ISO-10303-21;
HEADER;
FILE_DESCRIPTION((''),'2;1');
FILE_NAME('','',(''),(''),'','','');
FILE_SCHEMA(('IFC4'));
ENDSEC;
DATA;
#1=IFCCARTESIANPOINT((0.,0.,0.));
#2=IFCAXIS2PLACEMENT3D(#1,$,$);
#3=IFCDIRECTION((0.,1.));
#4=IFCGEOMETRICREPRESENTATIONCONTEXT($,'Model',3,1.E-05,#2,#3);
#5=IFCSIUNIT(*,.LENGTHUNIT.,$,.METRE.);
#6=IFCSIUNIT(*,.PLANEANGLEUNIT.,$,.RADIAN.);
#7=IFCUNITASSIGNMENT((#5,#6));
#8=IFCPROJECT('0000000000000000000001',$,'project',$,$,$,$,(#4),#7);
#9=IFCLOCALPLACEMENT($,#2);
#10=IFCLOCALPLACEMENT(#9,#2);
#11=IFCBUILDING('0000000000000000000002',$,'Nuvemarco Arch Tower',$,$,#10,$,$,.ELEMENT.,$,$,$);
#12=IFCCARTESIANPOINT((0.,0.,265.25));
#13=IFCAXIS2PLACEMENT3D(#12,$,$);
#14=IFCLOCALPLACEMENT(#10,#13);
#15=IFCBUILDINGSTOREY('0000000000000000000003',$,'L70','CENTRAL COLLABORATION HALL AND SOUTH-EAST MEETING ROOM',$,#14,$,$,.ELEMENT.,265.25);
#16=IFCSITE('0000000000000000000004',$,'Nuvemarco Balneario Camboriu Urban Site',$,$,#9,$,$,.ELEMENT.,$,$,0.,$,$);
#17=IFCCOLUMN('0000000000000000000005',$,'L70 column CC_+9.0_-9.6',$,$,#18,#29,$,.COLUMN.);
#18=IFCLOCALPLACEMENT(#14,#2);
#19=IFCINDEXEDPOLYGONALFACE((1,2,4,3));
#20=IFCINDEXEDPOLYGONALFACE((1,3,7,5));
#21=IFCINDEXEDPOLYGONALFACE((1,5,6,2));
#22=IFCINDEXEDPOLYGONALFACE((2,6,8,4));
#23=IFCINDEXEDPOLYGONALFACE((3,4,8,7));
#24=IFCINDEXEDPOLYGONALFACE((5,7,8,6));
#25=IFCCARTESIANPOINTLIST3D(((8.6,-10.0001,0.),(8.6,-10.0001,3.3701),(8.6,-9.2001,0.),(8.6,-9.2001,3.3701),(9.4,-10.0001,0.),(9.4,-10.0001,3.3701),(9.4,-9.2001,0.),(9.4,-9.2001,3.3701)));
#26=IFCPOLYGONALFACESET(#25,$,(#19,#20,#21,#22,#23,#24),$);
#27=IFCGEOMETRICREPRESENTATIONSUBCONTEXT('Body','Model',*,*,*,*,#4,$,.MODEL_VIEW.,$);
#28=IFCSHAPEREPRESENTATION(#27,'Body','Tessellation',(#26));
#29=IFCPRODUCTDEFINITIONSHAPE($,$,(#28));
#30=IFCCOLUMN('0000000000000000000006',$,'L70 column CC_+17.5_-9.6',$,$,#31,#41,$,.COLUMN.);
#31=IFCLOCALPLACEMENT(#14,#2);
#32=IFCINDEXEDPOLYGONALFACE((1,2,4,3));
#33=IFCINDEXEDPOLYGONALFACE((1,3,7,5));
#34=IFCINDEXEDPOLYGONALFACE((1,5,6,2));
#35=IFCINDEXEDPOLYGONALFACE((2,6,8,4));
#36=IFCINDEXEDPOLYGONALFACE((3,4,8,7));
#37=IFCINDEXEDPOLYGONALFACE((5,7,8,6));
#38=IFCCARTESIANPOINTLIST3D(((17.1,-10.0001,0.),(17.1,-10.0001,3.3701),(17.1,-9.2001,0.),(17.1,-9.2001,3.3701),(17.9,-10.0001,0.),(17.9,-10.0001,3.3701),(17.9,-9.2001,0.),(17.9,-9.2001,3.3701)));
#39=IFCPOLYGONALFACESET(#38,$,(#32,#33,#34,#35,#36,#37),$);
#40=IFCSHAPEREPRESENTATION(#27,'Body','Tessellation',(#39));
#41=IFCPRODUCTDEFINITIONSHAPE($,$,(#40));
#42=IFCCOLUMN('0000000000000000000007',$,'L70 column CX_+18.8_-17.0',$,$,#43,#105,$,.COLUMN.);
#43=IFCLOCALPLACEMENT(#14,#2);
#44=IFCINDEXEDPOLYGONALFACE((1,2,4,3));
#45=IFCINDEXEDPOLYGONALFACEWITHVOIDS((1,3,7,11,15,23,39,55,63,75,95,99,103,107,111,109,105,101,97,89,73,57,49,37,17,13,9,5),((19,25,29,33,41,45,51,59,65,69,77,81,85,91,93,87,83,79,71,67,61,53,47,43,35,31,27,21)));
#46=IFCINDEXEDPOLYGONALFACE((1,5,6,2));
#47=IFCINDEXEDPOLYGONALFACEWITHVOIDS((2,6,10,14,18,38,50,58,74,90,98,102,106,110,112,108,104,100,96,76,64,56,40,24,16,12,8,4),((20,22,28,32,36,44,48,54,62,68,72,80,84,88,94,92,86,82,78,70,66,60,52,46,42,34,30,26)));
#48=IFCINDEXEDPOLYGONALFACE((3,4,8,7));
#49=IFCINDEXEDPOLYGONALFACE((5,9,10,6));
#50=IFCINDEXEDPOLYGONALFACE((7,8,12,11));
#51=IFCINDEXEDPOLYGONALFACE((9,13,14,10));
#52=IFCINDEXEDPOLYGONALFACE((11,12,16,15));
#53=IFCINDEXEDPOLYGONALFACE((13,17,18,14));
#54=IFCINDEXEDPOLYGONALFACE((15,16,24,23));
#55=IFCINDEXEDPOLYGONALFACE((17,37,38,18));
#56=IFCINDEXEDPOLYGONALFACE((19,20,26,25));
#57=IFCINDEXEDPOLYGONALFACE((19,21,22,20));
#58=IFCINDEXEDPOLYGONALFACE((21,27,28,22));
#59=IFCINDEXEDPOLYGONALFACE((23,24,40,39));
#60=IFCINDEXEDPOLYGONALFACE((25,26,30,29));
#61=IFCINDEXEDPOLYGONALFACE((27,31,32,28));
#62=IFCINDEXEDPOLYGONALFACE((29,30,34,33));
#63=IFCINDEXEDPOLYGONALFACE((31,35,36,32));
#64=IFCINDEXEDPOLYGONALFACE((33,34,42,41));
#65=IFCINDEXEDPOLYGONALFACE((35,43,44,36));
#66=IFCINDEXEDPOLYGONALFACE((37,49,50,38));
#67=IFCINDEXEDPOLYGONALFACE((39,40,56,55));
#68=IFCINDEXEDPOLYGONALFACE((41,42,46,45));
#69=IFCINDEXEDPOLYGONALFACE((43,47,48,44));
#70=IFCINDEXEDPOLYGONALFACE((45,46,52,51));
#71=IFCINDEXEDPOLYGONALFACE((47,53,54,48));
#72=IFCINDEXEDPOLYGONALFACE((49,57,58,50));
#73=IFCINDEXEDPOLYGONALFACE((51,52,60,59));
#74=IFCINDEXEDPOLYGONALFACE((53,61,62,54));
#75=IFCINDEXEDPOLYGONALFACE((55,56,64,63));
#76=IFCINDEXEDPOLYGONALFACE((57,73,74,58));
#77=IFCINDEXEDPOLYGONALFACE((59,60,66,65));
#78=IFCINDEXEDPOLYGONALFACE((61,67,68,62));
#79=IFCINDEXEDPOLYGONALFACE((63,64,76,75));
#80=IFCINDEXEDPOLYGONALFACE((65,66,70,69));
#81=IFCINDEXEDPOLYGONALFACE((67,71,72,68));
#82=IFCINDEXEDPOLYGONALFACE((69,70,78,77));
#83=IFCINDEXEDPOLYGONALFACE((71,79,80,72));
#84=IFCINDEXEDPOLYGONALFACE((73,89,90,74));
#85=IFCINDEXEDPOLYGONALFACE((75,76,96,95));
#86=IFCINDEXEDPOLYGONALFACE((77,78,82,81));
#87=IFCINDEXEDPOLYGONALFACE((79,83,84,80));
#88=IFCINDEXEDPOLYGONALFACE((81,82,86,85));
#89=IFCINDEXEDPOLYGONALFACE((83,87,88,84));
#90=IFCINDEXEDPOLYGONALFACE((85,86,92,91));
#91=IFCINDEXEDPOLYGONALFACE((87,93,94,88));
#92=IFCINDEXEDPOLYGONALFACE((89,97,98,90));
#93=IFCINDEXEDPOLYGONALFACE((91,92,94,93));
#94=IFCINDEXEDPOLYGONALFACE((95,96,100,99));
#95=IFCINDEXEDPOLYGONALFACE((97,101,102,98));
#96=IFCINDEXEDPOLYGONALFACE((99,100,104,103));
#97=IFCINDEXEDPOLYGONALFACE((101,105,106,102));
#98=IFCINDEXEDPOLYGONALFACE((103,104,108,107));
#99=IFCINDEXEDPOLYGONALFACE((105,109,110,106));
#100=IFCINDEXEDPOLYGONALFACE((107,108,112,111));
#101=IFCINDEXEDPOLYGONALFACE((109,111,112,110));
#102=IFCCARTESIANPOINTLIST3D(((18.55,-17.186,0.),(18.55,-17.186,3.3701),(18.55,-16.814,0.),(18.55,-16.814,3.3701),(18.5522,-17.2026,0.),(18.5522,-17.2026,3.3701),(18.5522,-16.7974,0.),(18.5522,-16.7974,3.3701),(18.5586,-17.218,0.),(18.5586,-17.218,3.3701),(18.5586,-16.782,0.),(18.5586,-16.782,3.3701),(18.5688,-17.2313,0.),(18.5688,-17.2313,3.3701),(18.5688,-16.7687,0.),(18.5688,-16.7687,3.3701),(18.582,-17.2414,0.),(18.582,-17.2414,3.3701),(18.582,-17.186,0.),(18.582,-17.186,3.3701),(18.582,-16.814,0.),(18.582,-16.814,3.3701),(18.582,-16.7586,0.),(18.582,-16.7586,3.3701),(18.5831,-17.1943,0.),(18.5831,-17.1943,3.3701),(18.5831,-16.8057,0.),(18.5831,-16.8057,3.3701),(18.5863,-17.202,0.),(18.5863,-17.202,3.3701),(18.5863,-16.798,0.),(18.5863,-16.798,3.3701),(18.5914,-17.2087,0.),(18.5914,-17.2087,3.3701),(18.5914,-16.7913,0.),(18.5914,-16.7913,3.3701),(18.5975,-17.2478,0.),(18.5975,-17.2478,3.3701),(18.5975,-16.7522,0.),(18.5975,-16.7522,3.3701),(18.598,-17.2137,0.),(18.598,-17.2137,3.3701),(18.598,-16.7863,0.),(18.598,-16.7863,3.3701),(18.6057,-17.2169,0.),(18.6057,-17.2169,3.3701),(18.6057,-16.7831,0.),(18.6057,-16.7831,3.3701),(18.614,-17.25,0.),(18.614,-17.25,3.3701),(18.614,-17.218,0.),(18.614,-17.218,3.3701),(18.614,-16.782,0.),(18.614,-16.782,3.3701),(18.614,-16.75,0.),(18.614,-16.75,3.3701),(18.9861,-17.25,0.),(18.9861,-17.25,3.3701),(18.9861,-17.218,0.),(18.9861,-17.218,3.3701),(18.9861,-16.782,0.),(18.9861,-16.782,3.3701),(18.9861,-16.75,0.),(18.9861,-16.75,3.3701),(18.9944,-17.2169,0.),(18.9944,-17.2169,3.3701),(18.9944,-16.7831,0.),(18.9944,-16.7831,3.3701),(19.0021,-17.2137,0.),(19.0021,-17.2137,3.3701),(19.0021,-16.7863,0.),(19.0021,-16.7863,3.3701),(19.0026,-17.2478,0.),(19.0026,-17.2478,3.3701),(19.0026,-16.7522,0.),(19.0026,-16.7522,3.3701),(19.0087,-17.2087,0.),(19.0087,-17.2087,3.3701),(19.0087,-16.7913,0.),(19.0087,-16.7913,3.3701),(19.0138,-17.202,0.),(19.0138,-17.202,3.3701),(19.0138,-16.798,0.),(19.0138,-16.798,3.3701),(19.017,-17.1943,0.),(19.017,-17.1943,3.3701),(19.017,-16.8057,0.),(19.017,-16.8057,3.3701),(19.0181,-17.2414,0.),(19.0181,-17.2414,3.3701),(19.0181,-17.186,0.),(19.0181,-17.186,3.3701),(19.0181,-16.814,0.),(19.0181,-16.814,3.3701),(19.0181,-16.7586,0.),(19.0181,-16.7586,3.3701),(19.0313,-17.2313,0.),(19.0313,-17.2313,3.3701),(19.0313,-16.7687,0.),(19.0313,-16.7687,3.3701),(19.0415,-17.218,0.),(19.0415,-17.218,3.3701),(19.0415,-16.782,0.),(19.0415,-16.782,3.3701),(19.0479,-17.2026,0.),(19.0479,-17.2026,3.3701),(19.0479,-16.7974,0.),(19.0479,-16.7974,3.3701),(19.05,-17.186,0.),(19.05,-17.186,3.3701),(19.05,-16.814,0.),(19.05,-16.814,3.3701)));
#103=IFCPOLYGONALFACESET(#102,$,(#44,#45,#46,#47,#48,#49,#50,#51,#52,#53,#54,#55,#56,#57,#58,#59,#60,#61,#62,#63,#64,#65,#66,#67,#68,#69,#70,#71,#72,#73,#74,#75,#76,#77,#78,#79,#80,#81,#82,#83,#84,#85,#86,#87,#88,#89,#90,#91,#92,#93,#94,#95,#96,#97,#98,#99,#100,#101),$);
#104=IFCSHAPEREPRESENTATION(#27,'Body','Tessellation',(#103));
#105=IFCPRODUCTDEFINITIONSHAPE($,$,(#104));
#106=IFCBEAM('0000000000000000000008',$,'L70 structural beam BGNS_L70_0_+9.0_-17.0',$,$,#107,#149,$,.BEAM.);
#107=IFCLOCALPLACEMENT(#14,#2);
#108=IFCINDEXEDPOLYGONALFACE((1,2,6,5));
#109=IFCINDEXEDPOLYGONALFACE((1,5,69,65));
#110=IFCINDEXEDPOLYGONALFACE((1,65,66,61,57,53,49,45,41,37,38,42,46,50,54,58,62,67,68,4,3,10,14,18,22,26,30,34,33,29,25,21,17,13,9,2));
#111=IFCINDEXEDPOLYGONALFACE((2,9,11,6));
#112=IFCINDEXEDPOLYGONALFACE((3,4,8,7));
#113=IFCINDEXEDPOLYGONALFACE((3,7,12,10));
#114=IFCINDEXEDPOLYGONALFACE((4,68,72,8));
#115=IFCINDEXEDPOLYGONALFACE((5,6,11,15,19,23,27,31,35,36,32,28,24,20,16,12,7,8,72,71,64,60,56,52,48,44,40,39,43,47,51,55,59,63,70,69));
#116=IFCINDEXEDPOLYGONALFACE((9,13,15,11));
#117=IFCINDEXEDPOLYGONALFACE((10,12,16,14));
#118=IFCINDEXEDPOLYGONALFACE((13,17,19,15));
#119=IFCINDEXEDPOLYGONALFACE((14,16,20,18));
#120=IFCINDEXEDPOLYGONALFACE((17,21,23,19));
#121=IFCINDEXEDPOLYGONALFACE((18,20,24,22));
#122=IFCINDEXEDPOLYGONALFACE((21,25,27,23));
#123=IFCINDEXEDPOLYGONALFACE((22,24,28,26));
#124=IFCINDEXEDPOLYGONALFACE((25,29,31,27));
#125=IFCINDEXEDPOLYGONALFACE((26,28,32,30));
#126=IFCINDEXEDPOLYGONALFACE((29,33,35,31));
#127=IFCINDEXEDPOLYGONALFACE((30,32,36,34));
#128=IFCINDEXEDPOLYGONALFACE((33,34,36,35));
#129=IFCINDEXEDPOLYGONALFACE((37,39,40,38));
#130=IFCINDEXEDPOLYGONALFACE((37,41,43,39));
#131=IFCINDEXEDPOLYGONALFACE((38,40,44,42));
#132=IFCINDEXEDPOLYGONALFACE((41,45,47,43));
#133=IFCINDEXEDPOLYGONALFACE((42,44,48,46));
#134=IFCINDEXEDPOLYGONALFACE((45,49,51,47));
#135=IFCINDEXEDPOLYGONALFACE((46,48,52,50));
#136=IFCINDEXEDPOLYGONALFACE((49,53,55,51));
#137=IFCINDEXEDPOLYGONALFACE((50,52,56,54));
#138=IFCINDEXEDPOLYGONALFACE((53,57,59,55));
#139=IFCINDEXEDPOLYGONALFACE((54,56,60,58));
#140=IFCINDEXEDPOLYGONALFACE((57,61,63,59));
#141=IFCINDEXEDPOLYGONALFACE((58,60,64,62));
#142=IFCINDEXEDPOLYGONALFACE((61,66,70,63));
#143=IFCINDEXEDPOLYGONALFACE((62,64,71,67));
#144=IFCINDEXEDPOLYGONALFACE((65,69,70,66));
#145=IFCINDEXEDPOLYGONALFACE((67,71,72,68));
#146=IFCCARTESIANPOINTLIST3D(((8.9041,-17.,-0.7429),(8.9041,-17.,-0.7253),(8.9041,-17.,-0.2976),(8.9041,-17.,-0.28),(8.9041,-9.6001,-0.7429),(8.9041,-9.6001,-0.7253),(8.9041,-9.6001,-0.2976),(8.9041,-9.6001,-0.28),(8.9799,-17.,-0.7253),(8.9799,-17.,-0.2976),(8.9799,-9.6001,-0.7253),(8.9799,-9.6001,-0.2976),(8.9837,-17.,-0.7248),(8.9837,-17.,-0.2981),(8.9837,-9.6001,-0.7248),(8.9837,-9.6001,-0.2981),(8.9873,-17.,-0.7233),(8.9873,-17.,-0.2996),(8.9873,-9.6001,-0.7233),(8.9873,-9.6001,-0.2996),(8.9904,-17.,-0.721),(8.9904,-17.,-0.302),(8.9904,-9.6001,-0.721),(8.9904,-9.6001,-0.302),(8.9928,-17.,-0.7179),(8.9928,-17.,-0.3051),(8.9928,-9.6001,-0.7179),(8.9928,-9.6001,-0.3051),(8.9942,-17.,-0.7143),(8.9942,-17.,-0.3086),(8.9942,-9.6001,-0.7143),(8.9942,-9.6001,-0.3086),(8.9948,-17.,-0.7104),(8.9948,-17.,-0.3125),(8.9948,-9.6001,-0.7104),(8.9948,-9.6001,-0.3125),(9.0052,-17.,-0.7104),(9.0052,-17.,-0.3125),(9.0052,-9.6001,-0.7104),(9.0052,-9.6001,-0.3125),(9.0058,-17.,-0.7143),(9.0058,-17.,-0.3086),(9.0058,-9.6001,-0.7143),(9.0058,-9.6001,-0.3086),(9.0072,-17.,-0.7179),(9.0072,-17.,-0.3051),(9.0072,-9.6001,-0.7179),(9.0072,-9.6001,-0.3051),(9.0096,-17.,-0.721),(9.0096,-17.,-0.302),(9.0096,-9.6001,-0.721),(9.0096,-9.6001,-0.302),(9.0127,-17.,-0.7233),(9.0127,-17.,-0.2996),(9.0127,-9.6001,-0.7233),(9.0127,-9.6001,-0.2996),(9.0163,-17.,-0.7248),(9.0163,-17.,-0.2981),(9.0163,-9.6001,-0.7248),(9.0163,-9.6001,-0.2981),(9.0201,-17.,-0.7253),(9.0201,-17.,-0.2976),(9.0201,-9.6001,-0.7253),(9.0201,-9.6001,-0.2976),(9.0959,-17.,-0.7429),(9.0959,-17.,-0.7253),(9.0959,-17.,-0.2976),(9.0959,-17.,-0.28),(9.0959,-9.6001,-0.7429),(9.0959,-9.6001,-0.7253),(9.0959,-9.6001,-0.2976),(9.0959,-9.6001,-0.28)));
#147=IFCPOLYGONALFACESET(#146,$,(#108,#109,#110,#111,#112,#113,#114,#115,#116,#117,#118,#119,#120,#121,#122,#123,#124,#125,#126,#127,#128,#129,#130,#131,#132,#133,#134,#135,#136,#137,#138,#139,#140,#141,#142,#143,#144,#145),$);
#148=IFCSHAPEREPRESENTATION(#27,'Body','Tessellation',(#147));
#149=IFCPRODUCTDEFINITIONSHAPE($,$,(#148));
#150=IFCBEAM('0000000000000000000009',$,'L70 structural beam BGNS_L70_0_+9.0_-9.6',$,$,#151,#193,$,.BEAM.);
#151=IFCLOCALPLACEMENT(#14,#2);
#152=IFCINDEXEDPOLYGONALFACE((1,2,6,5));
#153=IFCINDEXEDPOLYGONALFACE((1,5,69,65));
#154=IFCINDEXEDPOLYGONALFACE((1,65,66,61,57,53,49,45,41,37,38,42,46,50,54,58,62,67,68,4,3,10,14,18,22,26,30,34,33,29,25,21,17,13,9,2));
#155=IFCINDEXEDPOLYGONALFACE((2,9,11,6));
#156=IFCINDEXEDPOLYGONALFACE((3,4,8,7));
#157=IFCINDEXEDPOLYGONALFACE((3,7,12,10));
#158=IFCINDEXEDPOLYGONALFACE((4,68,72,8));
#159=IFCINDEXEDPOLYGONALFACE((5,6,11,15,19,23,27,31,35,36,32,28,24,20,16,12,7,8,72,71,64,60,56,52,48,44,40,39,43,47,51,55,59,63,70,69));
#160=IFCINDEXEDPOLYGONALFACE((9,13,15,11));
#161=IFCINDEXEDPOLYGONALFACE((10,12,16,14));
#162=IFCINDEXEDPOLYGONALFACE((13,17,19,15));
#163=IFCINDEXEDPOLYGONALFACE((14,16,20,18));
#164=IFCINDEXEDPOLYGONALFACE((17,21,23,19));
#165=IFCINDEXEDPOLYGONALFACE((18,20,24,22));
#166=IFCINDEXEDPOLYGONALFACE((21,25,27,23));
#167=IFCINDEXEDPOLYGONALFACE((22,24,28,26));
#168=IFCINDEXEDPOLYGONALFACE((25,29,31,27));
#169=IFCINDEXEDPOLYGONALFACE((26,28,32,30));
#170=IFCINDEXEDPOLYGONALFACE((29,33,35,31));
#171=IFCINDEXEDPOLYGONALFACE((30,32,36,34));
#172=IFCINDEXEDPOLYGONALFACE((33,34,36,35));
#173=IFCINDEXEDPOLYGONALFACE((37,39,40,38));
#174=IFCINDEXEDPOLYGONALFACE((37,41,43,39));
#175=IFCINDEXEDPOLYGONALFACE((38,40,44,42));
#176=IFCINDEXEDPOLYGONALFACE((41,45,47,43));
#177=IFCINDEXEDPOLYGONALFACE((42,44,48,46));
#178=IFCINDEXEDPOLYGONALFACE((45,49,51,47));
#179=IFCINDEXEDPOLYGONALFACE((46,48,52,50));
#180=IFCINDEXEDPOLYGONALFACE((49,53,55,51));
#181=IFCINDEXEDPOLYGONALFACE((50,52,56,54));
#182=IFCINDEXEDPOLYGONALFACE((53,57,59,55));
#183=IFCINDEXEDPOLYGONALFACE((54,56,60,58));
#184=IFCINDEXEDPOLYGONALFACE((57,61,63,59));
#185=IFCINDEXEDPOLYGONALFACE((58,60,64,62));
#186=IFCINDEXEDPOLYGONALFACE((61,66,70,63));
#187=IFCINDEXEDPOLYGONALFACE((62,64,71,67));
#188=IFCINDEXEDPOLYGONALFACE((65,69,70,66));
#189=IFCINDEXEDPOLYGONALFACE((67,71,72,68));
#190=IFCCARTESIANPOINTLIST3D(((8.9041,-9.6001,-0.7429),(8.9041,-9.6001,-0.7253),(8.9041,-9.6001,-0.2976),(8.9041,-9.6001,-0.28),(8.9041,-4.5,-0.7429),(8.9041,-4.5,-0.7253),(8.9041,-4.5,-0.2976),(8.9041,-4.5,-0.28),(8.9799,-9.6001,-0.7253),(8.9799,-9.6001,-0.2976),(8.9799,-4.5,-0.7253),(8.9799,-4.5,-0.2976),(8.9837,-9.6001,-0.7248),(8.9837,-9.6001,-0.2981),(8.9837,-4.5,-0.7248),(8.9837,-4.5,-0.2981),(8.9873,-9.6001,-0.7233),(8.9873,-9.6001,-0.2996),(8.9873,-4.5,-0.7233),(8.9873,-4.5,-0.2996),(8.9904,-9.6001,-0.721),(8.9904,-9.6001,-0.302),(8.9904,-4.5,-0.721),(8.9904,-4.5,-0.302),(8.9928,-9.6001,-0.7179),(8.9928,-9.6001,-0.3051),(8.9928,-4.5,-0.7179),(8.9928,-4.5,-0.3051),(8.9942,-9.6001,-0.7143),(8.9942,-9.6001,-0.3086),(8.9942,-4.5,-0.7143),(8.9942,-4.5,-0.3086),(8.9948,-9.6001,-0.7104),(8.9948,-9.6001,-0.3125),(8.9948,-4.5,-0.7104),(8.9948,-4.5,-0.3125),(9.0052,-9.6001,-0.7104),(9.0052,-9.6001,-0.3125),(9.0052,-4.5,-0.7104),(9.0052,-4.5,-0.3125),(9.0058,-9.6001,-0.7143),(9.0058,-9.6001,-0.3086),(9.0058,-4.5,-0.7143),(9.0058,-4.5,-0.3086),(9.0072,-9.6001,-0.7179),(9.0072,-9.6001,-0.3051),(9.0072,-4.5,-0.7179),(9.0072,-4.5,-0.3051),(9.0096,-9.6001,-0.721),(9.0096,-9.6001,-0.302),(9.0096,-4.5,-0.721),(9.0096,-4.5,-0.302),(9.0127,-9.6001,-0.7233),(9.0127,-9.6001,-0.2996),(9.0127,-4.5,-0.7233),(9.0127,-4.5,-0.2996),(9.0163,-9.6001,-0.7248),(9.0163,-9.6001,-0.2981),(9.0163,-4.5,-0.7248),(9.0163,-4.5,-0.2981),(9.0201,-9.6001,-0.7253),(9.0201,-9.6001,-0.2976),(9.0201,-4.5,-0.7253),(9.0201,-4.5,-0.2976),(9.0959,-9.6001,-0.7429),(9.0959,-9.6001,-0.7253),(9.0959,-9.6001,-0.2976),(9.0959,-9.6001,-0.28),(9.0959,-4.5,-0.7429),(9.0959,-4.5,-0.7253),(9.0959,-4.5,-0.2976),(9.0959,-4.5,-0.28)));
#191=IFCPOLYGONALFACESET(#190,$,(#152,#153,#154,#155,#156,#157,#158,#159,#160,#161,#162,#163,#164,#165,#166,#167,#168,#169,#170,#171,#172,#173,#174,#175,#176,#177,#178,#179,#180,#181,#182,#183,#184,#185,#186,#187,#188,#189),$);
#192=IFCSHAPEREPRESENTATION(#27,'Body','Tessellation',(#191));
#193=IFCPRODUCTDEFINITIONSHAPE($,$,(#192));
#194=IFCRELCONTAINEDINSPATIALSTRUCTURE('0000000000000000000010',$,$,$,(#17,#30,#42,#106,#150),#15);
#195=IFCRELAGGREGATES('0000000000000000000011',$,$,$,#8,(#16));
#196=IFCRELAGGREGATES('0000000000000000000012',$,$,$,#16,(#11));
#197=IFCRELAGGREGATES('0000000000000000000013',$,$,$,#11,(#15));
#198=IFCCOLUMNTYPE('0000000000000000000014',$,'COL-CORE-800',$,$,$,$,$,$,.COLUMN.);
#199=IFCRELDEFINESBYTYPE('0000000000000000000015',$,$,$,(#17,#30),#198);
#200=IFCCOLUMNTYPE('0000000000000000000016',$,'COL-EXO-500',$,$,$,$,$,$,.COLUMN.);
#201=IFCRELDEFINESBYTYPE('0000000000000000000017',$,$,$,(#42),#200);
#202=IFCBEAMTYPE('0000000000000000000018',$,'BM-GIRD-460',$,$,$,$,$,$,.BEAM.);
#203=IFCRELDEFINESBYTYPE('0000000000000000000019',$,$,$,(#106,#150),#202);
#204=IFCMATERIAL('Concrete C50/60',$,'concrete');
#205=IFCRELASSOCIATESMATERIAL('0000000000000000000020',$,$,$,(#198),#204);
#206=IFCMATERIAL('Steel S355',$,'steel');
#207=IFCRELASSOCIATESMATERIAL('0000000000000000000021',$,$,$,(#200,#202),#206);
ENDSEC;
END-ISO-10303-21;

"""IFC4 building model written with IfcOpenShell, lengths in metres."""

from ifc_helpers import new_model, si_unit, direction, frame, origin, origin_2d, place, context, subcontext, project, spatial, rectangle, hollow_rectangle, i_section, extrude, material, material_profile, profile_set, type_object, element, save


model = new_model("IFC4")

# Units and contexts
model_context = context("Model", 3, precision=1e-05, world=origin(), true_north=direction((0.0, 1.0)))
body_context = subcontext(model_context, "Body", "Model", "MODEL_VIEW")
ifc_project = project(units=[si_unit("LENGTHUNIT", "METRE"), si_unit("PLANEANGLEUNIT", "RADIAN")], contexts=[model_context])

# Site, building, storey
site_placement = place(None, origin())
site = spatial("IfcSite", under=ifc_project, at=site_placement, Name="Nuvemarco Balneario Camboriu Urban Site", CompositionType="ELEMENT", RefElevation=0.0)
building_placement = place(site_placement, origin())
building = spatial("IfcBuilding", under=site, at=building_placement, Name="Nuvemarco Arch Tower", CompositionType="ELEMENT")
storey_placement = place(building_placement, frame((0.0, 0.0, 265.25)))
storey = spatial("IfcBuildingStorey", under=building, at=storey_placement, Name="L70", Description="CENTRAL COLLABORATION HALL AND SOUTH-EAST MEETING ROOM", CompositionType="ELEMENT", Elevation=265.25)

# Columns
ifc_material_1 = material(Name="Concrete C50/60", Category="concrete")
ifc_material_profile_1 = material_profile(ifc_material_1, rectangle(XDim=0.8, YDim=0.8, at=origin_2d()), Name="RC-COL-800x800")
ifc_profile_set_1 = profile_set([ifc_material_profile_1], Name="Concrete C50/60")
column_type_1 = type_object("IfcColumnType", Name="COL-CORE-800", PredefinedType="COLUMN", material=ifc_profile_set_1)
for number, where, z_axis, x_axis, name in (
    (1, (9.0, -9.6001, 0.0), (0.0, 0.0, 1.0), (1.0, 0.0, 0.0), "L70 column CC_+9.0_-9.6"),
    (2, (17.5, -9.6001, 0.0), (0.0, 0.0, 1.0), (1.0, 0.0, 0.0), "L70 column CC_+17.5_-9.6"),
):
    element("IfcColumn", number, at=place(storey_placement, frame(where, z_axis=z_axis, x_axis=x_axis)), inside=storey, type_object=column_type_1, Name=name, PredefinedType="COLUMN", context=body_context, shape_type="SweptSolid", body=[
        extrude(rectangle(XDim=0.8, YDim=0.8, at=origin_2d()), origin(), (0.0, 0.0, 1.0), 3.3701),
    ])
ifc_material_2 = material(Name="Steel S355", Category="steel")
ifc_material_profile_2 = material_profile(ifc_material_2, hollow_rectangle(XDim=0.5, YDim=0.5, WallThickness=0.032, InnerFilletRadius=0.032, OuterFilletRadius=0.064, at=origin_2d()), Name="SHS500x500x32")
ifc_profile_set_2 = profile_set([ifc_material_profile_2], Name="Steel S355")
column_type_2 = type_object("IfcColumnType", Name="COL-EXO-500", PredefinedType="COLUMN", material=ifc_profile_set_2)
column_placement = place(storey_placement, frame((18.8, -17.0, 0.0), z_axis=(0.0, 0.0, 1.0), x_axis=(1.0, 0.0, 0.0)))
element("IfcColumn", 3, at=column_placement, inside=storey, type_object=column_type_2, Name="L70 column CX_+18.8_-17.0", PredefinedType="COLUMN", context=body_context, shape_type="SweptSolid", body=[
    extrude(hollow_rectangle(XDim=0.5, YDim=0.5, WallThickness=0.032, InnerFilletRadius=0.032, OuterFilletRadius=0.064, at=origin_2d()), origin(), (0.0, 0.0, 1.0), 3.3701),
])

# Beams
ifc_material_profile_3 = material_profile(ifc_material_2, i_section(OverallWidth=0.1919, OverallDepth=0.4629, WebThickness=0.0105, FlangeThickness=0.0176, FilletRadius=0.0149, at=origin_2d()), Name="W460x89")
ifc_profile_set_3 = profile_set([ifc_material_profile_3], Name="Steel S355")
beam_type_1 = type_object("IfcBeamType", Name="BM-GIRD-460", PredefinedType="BEAM", material=ifc_profile_set_3)
beam_1_placement = place(storey_placement, frame((9.0, -17.0, -0.5115), z_axis=(0.0, 1.0, 0.0), x_axis=(-1.0, 0.0, 0.0)))
element("IfcBeam", 4, at=beam_1_placement, inside=storey, type_object=beam_type_1, Name="L70 structural beam BGNS_L70_0_+9.0_-17.0", PredefinedType="BEAM", context=body_context, shape_type="SweptSolid", body=[
    extrude(i_section(OverallWidth=0.1919, OverallDepth=0.4629, WebThickness=0.0105, FlangeThickness=0.0176, FilletRadius=0.0149, at=origin_2d()), origin(), (0.0, 0.0, 1.0), 7.3999),
])
beam_2_placement = place(storey_placement, frame((9.0, -9.6001, -0.5115), z_axis=(0.0, 1.0, 0.0), x_axis=(-1.0, 0.0, 0.0)))
element("IfcBeam", 5, at=beam_2_placement, inside=storey, type_object=beam_type_1, Name="L70 structural beam BGNS_L70_0_+9.0_-9.6", PredefinedType="BEAM", context=body_context, shape_type="SweptSolid", body=[
    extrude(i_section(OverallWidth=0.1919, OverallDepth=0.4629, WebThickness=0.0105, FlangeThickness=0.0176, FilletRadius=0.0149, at=origin_2d()), origin(), (0.0, 0.0, 1.0), 5.1001),
])

save(model, "model.ifc")
